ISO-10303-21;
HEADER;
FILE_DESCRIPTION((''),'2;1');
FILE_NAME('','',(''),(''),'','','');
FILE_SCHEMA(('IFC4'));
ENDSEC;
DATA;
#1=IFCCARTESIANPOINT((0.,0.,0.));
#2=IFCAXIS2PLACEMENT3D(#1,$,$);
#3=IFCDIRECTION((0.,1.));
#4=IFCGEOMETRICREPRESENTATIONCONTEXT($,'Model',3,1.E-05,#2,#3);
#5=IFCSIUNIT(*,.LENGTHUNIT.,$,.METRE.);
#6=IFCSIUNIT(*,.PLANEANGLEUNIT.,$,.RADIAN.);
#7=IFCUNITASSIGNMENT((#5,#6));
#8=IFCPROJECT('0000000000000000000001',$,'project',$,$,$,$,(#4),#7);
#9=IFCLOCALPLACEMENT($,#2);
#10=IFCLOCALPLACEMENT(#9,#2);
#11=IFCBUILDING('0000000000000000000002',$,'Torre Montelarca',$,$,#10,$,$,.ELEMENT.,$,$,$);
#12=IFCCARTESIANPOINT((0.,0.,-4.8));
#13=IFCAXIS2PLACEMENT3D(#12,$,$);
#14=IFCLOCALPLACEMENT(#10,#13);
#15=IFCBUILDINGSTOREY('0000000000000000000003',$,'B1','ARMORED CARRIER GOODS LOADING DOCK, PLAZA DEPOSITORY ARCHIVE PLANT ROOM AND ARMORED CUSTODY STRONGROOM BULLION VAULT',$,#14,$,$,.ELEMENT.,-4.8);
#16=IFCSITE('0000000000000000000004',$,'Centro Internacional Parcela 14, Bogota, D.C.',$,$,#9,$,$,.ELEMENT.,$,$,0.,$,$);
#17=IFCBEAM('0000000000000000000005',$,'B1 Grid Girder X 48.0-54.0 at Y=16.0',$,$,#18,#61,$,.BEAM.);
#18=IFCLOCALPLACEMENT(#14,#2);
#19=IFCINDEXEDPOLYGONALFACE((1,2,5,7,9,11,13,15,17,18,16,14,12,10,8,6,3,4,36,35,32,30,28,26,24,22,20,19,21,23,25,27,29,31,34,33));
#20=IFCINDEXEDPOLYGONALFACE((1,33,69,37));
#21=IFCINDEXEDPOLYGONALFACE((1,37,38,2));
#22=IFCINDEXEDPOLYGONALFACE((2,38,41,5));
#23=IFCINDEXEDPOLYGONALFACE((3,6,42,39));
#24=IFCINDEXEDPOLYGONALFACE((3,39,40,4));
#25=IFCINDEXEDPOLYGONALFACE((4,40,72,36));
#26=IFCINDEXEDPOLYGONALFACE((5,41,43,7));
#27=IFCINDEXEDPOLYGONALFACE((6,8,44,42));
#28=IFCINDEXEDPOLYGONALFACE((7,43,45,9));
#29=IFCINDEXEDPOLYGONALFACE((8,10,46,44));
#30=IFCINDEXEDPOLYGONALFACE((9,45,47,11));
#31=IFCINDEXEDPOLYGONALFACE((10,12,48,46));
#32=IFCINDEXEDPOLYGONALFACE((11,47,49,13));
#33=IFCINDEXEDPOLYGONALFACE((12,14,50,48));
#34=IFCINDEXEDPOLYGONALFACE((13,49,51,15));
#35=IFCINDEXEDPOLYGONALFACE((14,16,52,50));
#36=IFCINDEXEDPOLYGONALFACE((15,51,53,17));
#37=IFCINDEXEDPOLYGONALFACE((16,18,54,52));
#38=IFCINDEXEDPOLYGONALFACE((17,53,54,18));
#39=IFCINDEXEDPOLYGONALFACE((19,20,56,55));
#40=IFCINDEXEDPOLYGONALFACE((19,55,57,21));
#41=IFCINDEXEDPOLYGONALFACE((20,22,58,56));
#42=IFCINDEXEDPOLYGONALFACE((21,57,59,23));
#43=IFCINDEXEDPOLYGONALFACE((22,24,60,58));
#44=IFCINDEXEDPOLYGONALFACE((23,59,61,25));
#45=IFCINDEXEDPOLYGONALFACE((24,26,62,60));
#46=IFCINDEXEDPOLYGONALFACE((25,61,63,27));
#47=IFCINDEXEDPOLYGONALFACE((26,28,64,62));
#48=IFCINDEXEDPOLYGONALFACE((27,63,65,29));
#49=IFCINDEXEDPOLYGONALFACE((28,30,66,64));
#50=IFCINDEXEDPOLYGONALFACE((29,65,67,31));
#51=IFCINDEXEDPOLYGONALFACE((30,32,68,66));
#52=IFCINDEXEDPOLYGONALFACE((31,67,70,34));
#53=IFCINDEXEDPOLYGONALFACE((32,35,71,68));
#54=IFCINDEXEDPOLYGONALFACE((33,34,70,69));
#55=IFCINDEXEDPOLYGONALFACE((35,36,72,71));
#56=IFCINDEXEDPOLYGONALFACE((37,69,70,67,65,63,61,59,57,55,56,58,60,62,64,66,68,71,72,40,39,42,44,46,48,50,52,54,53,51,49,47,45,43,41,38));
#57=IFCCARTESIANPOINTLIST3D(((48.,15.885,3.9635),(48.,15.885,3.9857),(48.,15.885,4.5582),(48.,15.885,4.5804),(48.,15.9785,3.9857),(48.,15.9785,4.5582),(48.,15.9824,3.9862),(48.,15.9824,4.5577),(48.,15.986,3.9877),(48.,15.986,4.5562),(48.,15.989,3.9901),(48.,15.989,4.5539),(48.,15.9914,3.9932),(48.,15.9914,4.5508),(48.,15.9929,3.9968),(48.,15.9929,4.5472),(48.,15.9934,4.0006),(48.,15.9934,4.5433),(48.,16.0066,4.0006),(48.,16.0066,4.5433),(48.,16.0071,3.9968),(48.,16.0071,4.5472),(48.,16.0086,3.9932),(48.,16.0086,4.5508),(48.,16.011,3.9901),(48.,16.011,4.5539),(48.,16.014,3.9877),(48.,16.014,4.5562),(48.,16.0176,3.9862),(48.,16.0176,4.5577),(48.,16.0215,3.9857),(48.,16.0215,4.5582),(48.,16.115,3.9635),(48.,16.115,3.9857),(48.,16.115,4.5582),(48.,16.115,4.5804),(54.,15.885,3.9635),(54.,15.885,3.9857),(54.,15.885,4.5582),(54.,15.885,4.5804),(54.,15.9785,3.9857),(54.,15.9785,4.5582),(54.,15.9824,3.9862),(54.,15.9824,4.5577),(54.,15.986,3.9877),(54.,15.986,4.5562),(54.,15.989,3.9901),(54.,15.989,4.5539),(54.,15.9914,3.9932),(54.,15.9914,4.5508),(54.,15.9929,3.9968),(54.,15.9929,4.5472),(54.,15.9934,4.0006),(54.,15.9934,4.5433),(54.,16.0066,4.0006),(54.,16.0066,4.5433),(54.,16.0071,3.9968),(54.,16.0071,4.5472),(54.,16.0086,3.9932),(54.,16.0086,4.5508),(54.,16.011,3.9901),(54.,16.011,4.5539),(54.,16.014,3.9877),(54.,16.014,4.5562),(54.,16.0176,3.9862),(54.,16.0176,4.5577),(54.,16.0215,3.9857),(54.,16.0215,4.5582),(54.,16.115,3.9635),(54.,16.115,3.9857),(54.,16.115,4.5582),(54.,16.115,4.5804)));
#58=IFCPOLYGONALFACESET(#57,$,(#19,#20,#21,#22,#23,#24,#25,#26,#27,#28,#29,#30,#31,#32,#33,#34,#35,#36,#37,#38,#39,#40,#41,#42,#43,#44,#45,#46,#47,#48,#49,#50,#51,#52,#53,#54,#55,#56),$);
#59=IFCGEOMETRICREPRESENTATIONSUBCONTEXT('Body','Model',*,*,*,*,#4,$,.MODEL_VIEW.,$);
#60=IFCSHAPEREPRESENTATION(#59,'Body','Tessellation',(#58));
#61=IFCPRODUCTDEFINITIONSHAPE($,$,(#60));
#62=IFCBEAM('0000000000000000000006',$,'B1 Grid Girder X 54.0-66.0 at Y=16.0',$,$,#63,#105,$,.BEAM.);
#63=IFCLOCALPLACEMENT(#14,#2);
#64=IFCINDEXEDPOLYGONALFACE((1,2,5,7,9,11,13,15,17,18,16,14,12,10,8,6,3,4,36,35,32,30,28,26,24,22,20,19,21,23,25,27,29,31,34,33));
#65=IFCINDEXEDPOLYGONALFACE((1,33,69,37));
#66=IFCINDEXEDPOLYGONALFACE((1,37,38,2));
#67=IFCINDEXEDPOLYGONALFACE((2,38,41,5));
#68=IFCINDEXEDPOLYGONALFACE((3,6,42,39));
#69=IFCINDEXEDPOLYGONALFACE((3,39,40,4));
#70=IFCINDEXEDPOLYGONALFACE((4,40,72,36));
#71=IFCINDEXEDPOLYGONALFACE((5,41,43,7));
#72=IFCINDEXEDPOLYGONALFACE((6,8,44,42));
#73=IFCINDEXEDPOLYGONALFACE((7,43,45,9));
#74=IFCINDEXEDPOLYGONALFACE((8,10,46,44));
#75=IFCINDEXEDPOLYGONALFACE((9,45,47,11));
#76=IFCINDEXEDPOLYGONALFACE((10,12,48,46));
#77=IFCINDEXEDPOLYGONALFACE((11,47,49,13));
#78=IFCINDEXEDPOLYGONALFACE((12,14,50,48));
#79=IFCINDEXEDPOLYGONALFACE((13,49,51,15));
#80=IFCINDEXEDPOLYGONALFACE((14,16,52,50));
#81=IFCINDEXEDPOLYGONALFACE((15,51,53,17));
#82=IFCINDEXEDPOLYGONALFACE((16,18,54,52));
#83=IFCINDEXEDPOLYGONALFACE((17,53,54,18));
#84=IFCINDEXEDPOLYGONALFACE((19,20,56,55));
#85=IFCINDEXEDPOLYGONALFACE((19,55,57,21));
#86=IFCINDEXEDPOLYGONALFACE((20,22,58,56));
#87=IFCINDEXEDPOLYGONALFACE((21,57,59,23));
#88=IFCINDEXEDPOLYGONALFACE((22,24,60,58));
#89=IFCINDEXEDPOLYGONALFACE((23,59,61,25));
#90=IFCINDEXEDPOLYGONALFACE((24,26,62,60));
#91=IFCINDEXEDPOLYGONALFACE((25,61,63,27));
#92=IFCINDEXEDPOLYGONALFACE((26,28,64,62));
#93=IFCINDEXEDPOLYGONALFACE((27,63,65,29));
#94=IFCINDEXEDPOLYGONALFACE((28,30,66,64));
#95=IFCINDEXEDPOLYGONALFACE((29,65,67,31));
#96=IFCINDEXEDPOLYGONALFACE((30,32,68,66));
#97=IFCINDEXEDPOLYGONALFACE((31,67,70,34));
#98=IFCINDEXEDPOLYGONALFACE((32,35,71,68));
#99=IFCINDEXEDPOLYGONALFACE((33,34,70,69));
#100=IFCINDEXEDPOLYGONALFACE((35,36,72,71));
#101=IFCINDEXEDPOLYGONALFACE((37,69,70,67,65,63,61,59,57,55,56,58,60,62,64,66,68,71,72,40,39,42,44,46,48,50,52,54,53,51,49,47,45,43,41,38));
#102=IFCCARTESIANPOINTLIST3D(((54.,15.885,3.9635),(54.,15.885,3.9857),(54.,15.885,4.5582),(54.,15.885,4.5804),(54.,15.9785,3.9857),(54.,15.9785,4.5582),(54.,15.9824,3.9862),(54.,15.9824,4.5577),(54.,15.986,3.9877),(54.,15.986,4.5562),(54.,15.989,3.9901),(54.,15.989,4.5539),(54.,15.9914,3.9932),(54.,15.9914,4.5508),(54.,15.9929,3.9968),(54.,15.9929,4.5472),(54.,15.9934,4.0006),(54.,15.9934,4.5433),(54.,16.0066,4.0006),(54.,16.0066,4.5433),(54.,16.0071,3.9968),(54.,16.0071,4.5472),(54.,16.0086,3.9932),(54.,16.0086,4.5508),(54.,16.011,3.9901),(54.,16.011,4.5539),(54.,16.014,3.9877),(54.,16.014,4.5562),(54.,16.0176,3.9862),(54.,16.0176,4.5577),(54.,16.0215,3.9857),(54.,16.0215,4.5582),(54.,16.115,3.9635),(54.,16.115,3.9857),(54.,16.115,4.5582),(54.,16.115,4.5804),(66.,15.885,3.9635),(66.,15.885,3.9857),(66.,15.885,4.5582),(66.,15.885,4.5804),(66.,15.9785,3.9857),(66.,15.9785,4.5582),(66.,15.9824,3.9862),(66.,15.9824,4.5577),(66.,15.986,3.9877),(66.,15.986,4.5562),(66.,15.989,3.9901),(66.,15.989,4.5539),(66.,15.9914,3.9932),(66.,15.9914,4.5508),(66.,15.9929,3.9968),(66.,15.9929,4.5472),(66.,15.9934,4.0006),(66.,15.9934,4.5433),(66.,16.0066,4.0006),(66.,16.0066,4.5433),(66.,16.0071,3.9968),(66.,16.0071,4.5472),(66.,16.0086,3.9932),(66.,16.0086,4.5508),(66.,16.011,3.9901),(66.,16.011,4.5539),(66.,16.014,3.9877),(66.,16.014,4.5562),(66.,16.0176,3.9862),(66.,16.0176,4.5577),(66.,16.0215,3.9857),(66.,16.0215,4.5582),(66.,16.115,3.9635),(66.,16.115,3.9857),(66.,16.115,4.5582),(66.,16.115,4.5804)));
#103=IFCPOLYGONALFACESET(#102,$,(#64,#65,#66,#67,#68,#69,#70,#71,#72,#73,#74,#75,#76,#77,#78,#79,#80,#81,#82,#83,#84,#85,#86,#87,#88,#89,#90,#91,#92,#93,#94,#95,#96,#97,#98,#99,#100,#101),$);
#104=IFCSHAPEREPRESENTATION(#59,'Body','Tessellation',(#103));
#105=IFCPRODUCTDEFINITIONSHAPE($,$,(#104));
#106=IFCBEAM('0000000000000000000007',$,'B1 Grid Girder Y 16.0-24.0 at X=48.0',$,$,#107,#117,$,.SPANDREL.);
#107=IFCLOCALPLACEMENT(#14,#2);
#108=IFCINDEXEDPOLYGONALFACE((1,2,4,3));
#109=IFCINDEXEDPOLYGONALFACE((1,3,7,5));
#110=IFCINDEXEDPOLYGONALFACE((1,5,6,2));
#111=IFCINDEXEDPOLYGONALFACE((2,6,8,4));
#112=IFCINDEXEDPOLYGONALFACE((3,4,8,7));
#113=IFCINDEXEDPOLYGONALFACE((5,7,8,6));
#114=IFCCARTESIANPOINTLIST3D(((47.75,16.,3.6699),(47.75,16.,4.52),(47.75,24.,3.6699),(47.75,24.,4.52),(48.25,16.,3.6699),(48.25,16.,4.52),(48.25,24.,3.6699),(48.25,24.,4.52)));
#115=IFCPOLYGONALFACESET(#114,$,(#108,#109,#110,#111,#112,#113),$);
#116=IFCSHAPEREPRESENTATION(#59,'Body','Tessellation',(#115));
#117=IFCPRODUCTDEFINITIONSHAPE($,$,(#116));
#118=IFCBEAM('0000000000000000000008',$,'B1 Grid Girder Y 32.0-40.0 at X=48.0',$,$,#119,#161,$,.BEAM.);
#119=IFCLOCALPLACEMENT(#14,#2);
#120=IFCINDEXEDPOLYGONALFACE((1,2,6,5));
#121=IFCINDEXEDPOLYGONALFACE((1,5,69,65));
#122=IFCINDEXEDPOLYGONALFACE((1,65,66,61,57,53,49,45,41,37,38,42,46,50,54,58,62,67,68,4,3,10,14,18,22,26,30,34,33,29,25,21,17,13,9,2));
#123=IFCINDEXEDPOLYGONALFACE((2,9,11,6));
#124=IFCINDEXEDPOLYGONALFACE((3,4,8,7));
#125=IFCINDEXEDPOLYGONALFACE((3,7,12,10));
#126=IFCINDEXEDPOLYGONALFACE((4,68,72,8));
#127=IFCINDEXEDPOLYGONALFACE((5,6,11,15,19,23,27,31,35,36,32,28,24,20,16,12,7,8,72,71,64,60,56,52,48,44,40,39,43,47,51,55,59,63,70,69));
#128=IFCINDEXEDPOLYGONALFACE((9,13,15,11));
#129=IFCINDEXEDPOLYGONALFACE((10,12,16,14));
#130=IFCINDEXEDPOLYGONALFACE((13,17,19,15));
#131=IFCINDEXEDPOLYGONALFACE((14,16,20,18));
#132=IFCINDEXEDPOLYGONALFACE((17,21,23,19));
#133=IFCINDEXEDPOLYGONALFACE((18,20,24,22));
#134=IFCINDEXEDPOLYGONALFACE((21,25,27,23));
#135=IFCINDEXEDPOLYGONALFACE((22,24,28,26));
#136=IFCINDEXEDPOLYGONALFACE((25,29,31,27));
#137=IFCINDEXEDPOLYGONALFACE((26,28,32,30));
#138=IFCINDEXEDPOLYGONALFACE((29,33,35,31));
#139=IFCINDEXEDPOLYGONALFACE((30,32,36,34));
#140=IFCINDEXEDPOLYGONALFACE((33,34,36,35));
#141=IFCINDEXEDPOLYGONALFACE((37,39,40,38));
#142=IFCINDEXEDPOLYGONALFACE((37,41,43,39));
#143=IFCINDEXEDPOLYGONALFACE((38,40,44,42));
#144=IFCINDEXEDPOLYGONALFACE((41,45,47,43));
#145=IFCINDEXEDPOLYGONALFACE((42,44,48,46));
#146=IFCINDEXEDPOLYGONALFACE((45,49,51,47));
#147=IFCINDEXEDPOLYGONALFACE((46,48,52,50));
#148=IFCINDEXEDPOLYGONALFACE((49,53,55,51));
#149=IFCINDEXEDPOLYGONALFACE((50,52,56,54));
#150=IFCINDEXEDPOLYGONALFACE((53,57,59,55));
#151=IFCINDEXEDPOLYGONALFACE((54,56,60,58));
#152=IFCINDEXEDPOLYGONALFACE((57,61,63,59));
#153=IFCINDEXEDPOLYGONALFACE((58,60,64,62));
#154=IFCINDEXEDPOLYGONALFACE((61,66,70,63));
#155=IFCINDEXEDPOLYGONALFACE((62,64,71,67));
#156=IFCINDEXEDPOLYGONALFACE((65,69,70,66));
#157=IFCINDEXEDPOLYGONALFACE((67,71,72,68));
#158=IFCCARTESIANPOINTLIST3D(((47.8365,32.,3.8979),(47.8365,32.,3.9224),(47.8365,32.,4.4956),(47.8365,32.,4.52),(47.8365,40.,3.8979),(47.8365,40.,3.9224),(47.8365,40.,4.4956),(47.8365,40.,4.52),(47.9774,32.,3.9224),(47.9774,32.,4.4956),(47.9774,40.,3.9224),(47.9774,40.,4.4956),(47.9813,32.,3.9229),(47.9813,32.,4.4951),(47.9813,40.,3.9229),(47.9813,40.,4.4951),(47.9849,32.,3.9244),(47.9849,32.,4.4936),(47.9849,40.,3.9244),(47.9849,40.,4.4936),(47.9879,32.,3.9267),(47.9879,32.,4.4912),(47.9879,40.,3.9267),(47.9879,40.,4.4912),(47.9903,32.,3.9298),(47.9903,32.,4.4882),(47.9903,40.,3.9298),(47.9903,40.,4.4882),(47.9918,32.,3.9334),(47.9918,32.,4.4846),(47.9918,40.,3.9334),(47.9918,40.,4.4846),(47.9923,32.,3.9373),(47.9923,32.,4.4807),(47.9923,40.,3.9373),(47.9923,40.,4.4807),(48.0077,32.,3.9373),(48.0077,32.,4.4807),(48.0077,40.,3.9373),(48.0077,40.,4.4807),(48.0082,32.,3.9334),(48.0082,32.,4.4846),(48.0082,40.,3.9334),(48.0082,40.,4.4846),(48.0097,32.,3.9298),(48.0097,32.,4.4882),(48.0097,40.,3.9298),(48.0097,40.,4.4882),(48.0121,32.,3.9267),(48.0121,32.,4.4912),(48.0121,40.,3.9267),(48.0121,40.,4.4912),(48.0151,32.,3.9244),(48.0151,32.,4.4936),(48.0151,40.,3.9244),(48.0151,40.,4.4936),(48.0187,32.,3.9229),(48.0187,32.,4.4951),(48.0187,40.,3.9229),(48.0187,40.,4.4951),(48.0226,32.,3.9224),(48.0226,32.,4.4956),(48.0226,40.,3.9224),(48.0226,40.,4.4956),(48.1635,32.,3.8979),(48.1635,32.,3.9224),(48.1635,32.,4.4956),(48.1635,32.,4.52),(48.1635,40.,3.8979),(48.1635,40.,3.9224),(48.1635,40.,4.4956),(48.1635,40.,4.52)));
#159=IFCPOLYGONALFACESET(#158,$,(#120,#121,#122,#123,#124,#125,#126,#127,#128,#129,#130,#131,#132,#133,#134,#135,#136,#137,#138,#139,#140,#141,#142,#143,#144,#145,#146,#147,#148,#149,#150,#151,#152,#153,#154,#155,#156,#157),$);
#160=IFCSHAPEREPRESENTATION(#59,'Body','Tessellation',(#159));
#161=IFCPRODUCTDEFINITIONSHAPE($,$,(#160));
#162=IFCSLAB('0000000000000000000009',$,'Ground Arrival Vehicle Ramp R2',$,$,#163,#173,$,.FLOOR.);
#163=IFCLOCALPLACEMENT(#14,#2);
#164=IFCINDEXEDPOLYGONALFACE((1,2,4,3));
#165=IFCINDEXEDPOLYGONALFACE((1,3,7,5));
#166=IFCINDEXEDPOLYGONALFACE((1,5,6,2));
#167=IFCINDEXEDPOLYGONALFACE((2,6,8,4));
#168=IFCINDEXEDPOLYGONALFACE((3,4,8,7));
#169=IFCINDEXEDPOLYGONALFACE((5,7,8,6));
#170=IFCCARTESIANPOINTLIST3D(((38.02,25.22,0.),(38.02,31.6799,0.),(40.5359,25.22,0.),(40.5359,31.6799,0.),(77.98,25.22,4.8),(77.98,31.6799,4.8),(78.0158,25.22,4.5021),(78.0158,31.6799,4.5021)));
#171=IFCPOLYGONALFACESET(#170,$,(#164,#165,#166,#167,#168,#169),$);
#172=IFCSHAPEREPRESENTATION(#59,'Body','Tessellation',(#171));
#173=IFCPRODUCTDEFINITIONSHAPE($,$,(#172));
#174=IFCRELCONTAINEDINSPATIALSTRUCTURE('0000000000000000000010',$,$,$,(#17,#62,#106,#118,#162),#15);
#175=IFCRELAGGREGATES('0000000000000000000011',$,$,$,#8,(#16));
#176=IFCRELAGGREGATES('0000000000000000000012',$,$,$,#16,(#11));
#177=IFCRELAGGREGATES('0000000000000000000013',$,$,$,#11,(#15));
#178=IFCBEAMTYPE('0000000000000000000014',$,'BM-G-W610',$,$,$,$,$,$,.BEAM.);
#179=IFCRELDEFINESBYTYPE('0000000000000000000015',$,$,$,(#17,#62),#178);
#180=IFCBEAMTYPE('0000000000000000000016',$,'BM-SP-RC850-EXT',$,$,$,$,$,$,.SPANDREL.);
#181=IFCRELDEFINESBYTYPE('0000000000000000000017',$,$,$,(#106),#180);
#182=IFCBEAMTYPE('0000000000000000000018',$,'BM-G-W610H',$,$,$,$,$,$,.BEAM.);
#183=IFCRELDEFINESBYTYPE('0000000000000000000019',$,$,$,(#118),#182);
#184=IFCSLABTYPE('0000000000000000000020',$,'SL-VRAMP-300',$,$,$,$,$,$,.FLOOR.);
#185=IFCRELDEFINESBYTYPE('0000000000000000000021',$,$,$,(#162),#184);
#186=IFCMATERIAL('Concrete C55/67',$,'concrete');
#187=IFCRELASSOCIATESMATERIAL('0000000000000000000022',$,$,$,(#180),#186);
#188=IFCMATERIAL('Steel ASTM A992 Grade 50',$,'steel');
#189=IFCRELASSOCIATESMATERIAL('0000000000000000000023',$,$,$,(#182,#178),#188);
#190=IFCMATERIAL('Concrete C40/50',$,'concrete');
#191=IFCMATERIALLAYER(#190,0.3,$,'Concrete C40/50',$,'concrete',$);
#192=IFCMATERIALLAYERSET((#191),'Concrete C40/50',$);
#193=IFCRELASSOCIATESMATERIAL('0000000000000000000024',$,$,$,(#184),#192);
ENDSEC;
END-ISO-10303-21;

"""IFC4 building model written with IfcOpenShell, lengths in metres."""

from ifc_helpers import new_model, si_unit, direction, frame, origin, origin_2d, place, context, subcontext, project, spatial, polyline, rectangle, i_section, outline, extrude, clip, halfspace, source, transform, mapped, material, layer, layer_set, material_profile, profile_set, type_object, element, save


model = new_model("IFC4")

# Units and contexts
model_context = context("Model", 3, precision=1e-05, world=origin(), true_north=direction((0.0, 1.0)))
body_context = subcontext(model_context, "Body", "Model", "MODEL_VIEW")
ifc_project = project(units=[si_unit("LENGTHUNIT", "METRE"), si_unit("PLANEANGLEUNIT", "RADIAN")], contexts=[model_context])

# Site, building, storey
site_placement = place(None, origin())
site = spatial("IfcSite", under=ifc_project, at=site_placement, Name="Centro Internacional Parcela 14, Bogota, D.C.", CompositionType="ELEMENT", RefElevation=0.0)
building_placement = place(site_placement, origin())
building = spatial("IfcBuilding", under=site, at=building_placement, Name="Torre Montelarca", CompositionType="ELEMENT")
storey_placement = place(building_placement, frame((0.0, 0.0, -4.8)))
storey = spatial("IfcBuildingStorey", under=building, at=storey_placement, Name="B1", Description="ARMORED CARRIER GOODS LOADING DOCK, PLAZA DEPOSITORY ARCHIVE PLANT ROOM AND ARMORED CUSTODY STRONGROOM BULLION VAULT", CompositionType="ELEMENT", Elevation=-4.8)

# Shared definitions
ifc_material_1 = material(Name="Concrete C55/67", Category="concrete")

# Beams
ifc_material_profile_1 = material_profile(ifc_material_1, rectangle(XDim=0.5, YDim=0.8501, at=origin_2d()), Name="RCB500X850", Category="concrete")
ifc_profile_set_1 = profile_set([ifc_material_profile_1], Name="Concrete C55/67")
beam_type_1 = type_object("IfcBeamType", Name="BM-SP-RC850-EXT", PredefinedType="SPANDREL", material=ifc_profile_set_1)
ifc_material_2 = material(Name="Steel ASTM A992 Grade 50", Category="steel")
ifc_material_profile_2 = material_profile(ifc_material_2, i_section(OverallWidth=0.3269, OverallDepth=0.6221, WebThickness=0.0154, FlangeThickness=0.0244, FilletRadius=0.0149, at=origin_2d()), Name="W610X195", Category="steel")
ifc_profile_set_2 = profile_set([ifc_material_profile_2], Name="Steel ASTM A992 Grade 50")
beam_type_2 = type_object("IfcBeamType", Name="BM-G-W610H", PredefinedType="BEAM", material=ifc_profile_set_2)
ifc_material_profile_3 = material_profile(ifc_material_2, i_section(OverallWidth=0.23, OverallDepth=0.6169, WebThickness=0.0132, FlangeThickness=0.0222, FilletRadius=0.0149, at=origin_2d()), Name="W610X140", Category="steel")
ifc_profile_set_3 = profile_set([ifc_material_profile_3], Name="Steel ASTM A992 Grade 50")
beam_type_3 = type_object("IfcBeamType", Name="BM-G-W610", PredefinedType="BEAM", material=ifc_profile_set_3)
shared_shape_1 = source(origin(), body_context, "Body", "SweptSolid", [
    extrude(i_section(OverallWidth=0.23, OverallDepth=0.6169, WebThickness=0.0132, FlangeThickness=0.0222, FilletRadius=0.0149, at=origin_2d()), origin(), (0.0, 0.0, 1.0), 6.0),
])
beam_1_placement = place(storey_placement, frame((48.0, 16.0, 4.272), z_axis=(1.0, 0.0, 0.0), x_axis=(0.0, 1.0, 0.0)))
element("IfcBeam", 1, at=beam_1_placement, inside=storey, type_object=beam_type_3, Name="B1 Grid Girder X 48.0-54.0 at Y=16.0", PredefinedType="BEAM", context=body_context, shape_type="MappedRepresentation", body=[
    mapped(shared_shape_1, transform((0.0, 0.0, 0.0), scale=1.0)),
])
shared_shape_2 = source(origin(), body_context, "Body", "SweptSolid", [
    extrude(i_section(OverallWidth=0.23, OverallDepth=0.6169, WebThickness=0.0132, FlangeThickness=0.0222, FilletRadius=0.0149, at=origin_2d()), origin(), (0.0, 0.0, 1.0), 12.0),
])
beam_2_placement = place(storey_placement, frame((54.0, 16.0, 4.272), z_axis=(1.0, 0.0, 0.0), x_axis=(0.0, 1.0, 0.0)))
element("IfcBeam", 2, at=beam_2_placement, inside=storey, type_object=beam_type_3, Name="B1 Grid Girder X 54.0-66.0 at Y=16.0", PredefinedType="BEAM", context=body_context, shape_type="MappedRepresentation", body=[
    mapped(shared_shape_2, transform((0.0, 0.0, 0.0), scale=1.0)),
])
shared_shape_3 = source(origin(), body_context, "Body", "SweptSolid", [
    extrude(rectangle(XDim=0.5, YDim=0.8501, at=origin_2d()), origin(), (0.0, 0.0, 1.0), 8.0),
])
beam_3_placement = place(storey_placement, frame((48.0, 16.0, 4.095), z_axis=(0.0, 1.0, 0.0), x_axis=(-1.0, 0.0, 0.0)))
element("IfcBeam", 3, at=beam_3_placement, inside=storey, type_object=beam_type_1, Name="B1 Grid Girder Y 16.0-24.0 at X=48.0", PredefinedType="SPANDREL", context=body_context, shape_type="MappedRepresentation", body=[
    mapped(shared_shape_3, transform((0.0, 0.0, 0.0), scale=1.0)),
])
shared_shape_4 = source(origin(), body_context, "Body", "SweptSolid", [
    extrude(i_section(OverallWidth=0.3269, OverallDepth=0.6221, WebThickness=0.0154, FlangeThickness=0.0244, FilletRadius=0.0149, at=origin_2d()), origin(), (0.0, 0.0, 1.0), 8.0),
])
beam_4_placement = place(storey_placement, frame((48.0, 32.0, 4.209), z_axis=(0.0, 1.0, 0.0), x_axis=(-1.0, 0.0, 0.0)))
element("IfcBeam", 4, at=beam_4_placement, inside=storey, type_object=beam_type_2, Name="B1 Grid Girder Y 32.0-40.0 at X=48.0", PredefinedType="BEAM", context=body_context, shape_type="MappedRepresentation", body=[
    mapped(shared_shape_4, transform((0.0, 0.0, 0.0), scale=1.0)),
])

# Slab
ifc_material_3 = material(Name="Concrete C40/50", Category="concrete")
ifc_layer_1 = layer(ifc_material_3, 0.3, Name="Concrete C40/50", Category="concrete")
ifc_layer_set_1 = layer_set([ifc_layer_1], Name="Concrete C40/50")
slab_type = type_object("IfcSlabType", Name="SL-VRAMP-300", PredefinedType="FLOOR", material=ifc_layer_set_1)
slab_placement = place(storey_placement, frame((38.02, 25.22, 0.0), z_axis=(-0.119264, 0.0, 0.992863), x_axis=(0.992863, 0.0, 0.119264)))
element("IfcSlab", 5, at=slab_placement, inside=storey, type_object=slab_type, Name="Ground Arrival Vehicle Ramp R2", PredefinedType="FLOOR", context=body_context, shape_type="Clipping", body=[
    clip(extrude(outline(polyline([(0.0, 0.0), (40.2472, 0.0), (40.2472, 6.46), (0.0, 6.46), (0.0, 0.0)])), origin(), (0.0, 0.0, -1.0), 0.3), halfspace(frame((0.0, 0.0, 0.0), z_axis=(-0.119264, 0.0, -0.992863), x_axis=(0.992863, 0.0, -0.119264)), False)),
])

save(model, "model.ifc")
